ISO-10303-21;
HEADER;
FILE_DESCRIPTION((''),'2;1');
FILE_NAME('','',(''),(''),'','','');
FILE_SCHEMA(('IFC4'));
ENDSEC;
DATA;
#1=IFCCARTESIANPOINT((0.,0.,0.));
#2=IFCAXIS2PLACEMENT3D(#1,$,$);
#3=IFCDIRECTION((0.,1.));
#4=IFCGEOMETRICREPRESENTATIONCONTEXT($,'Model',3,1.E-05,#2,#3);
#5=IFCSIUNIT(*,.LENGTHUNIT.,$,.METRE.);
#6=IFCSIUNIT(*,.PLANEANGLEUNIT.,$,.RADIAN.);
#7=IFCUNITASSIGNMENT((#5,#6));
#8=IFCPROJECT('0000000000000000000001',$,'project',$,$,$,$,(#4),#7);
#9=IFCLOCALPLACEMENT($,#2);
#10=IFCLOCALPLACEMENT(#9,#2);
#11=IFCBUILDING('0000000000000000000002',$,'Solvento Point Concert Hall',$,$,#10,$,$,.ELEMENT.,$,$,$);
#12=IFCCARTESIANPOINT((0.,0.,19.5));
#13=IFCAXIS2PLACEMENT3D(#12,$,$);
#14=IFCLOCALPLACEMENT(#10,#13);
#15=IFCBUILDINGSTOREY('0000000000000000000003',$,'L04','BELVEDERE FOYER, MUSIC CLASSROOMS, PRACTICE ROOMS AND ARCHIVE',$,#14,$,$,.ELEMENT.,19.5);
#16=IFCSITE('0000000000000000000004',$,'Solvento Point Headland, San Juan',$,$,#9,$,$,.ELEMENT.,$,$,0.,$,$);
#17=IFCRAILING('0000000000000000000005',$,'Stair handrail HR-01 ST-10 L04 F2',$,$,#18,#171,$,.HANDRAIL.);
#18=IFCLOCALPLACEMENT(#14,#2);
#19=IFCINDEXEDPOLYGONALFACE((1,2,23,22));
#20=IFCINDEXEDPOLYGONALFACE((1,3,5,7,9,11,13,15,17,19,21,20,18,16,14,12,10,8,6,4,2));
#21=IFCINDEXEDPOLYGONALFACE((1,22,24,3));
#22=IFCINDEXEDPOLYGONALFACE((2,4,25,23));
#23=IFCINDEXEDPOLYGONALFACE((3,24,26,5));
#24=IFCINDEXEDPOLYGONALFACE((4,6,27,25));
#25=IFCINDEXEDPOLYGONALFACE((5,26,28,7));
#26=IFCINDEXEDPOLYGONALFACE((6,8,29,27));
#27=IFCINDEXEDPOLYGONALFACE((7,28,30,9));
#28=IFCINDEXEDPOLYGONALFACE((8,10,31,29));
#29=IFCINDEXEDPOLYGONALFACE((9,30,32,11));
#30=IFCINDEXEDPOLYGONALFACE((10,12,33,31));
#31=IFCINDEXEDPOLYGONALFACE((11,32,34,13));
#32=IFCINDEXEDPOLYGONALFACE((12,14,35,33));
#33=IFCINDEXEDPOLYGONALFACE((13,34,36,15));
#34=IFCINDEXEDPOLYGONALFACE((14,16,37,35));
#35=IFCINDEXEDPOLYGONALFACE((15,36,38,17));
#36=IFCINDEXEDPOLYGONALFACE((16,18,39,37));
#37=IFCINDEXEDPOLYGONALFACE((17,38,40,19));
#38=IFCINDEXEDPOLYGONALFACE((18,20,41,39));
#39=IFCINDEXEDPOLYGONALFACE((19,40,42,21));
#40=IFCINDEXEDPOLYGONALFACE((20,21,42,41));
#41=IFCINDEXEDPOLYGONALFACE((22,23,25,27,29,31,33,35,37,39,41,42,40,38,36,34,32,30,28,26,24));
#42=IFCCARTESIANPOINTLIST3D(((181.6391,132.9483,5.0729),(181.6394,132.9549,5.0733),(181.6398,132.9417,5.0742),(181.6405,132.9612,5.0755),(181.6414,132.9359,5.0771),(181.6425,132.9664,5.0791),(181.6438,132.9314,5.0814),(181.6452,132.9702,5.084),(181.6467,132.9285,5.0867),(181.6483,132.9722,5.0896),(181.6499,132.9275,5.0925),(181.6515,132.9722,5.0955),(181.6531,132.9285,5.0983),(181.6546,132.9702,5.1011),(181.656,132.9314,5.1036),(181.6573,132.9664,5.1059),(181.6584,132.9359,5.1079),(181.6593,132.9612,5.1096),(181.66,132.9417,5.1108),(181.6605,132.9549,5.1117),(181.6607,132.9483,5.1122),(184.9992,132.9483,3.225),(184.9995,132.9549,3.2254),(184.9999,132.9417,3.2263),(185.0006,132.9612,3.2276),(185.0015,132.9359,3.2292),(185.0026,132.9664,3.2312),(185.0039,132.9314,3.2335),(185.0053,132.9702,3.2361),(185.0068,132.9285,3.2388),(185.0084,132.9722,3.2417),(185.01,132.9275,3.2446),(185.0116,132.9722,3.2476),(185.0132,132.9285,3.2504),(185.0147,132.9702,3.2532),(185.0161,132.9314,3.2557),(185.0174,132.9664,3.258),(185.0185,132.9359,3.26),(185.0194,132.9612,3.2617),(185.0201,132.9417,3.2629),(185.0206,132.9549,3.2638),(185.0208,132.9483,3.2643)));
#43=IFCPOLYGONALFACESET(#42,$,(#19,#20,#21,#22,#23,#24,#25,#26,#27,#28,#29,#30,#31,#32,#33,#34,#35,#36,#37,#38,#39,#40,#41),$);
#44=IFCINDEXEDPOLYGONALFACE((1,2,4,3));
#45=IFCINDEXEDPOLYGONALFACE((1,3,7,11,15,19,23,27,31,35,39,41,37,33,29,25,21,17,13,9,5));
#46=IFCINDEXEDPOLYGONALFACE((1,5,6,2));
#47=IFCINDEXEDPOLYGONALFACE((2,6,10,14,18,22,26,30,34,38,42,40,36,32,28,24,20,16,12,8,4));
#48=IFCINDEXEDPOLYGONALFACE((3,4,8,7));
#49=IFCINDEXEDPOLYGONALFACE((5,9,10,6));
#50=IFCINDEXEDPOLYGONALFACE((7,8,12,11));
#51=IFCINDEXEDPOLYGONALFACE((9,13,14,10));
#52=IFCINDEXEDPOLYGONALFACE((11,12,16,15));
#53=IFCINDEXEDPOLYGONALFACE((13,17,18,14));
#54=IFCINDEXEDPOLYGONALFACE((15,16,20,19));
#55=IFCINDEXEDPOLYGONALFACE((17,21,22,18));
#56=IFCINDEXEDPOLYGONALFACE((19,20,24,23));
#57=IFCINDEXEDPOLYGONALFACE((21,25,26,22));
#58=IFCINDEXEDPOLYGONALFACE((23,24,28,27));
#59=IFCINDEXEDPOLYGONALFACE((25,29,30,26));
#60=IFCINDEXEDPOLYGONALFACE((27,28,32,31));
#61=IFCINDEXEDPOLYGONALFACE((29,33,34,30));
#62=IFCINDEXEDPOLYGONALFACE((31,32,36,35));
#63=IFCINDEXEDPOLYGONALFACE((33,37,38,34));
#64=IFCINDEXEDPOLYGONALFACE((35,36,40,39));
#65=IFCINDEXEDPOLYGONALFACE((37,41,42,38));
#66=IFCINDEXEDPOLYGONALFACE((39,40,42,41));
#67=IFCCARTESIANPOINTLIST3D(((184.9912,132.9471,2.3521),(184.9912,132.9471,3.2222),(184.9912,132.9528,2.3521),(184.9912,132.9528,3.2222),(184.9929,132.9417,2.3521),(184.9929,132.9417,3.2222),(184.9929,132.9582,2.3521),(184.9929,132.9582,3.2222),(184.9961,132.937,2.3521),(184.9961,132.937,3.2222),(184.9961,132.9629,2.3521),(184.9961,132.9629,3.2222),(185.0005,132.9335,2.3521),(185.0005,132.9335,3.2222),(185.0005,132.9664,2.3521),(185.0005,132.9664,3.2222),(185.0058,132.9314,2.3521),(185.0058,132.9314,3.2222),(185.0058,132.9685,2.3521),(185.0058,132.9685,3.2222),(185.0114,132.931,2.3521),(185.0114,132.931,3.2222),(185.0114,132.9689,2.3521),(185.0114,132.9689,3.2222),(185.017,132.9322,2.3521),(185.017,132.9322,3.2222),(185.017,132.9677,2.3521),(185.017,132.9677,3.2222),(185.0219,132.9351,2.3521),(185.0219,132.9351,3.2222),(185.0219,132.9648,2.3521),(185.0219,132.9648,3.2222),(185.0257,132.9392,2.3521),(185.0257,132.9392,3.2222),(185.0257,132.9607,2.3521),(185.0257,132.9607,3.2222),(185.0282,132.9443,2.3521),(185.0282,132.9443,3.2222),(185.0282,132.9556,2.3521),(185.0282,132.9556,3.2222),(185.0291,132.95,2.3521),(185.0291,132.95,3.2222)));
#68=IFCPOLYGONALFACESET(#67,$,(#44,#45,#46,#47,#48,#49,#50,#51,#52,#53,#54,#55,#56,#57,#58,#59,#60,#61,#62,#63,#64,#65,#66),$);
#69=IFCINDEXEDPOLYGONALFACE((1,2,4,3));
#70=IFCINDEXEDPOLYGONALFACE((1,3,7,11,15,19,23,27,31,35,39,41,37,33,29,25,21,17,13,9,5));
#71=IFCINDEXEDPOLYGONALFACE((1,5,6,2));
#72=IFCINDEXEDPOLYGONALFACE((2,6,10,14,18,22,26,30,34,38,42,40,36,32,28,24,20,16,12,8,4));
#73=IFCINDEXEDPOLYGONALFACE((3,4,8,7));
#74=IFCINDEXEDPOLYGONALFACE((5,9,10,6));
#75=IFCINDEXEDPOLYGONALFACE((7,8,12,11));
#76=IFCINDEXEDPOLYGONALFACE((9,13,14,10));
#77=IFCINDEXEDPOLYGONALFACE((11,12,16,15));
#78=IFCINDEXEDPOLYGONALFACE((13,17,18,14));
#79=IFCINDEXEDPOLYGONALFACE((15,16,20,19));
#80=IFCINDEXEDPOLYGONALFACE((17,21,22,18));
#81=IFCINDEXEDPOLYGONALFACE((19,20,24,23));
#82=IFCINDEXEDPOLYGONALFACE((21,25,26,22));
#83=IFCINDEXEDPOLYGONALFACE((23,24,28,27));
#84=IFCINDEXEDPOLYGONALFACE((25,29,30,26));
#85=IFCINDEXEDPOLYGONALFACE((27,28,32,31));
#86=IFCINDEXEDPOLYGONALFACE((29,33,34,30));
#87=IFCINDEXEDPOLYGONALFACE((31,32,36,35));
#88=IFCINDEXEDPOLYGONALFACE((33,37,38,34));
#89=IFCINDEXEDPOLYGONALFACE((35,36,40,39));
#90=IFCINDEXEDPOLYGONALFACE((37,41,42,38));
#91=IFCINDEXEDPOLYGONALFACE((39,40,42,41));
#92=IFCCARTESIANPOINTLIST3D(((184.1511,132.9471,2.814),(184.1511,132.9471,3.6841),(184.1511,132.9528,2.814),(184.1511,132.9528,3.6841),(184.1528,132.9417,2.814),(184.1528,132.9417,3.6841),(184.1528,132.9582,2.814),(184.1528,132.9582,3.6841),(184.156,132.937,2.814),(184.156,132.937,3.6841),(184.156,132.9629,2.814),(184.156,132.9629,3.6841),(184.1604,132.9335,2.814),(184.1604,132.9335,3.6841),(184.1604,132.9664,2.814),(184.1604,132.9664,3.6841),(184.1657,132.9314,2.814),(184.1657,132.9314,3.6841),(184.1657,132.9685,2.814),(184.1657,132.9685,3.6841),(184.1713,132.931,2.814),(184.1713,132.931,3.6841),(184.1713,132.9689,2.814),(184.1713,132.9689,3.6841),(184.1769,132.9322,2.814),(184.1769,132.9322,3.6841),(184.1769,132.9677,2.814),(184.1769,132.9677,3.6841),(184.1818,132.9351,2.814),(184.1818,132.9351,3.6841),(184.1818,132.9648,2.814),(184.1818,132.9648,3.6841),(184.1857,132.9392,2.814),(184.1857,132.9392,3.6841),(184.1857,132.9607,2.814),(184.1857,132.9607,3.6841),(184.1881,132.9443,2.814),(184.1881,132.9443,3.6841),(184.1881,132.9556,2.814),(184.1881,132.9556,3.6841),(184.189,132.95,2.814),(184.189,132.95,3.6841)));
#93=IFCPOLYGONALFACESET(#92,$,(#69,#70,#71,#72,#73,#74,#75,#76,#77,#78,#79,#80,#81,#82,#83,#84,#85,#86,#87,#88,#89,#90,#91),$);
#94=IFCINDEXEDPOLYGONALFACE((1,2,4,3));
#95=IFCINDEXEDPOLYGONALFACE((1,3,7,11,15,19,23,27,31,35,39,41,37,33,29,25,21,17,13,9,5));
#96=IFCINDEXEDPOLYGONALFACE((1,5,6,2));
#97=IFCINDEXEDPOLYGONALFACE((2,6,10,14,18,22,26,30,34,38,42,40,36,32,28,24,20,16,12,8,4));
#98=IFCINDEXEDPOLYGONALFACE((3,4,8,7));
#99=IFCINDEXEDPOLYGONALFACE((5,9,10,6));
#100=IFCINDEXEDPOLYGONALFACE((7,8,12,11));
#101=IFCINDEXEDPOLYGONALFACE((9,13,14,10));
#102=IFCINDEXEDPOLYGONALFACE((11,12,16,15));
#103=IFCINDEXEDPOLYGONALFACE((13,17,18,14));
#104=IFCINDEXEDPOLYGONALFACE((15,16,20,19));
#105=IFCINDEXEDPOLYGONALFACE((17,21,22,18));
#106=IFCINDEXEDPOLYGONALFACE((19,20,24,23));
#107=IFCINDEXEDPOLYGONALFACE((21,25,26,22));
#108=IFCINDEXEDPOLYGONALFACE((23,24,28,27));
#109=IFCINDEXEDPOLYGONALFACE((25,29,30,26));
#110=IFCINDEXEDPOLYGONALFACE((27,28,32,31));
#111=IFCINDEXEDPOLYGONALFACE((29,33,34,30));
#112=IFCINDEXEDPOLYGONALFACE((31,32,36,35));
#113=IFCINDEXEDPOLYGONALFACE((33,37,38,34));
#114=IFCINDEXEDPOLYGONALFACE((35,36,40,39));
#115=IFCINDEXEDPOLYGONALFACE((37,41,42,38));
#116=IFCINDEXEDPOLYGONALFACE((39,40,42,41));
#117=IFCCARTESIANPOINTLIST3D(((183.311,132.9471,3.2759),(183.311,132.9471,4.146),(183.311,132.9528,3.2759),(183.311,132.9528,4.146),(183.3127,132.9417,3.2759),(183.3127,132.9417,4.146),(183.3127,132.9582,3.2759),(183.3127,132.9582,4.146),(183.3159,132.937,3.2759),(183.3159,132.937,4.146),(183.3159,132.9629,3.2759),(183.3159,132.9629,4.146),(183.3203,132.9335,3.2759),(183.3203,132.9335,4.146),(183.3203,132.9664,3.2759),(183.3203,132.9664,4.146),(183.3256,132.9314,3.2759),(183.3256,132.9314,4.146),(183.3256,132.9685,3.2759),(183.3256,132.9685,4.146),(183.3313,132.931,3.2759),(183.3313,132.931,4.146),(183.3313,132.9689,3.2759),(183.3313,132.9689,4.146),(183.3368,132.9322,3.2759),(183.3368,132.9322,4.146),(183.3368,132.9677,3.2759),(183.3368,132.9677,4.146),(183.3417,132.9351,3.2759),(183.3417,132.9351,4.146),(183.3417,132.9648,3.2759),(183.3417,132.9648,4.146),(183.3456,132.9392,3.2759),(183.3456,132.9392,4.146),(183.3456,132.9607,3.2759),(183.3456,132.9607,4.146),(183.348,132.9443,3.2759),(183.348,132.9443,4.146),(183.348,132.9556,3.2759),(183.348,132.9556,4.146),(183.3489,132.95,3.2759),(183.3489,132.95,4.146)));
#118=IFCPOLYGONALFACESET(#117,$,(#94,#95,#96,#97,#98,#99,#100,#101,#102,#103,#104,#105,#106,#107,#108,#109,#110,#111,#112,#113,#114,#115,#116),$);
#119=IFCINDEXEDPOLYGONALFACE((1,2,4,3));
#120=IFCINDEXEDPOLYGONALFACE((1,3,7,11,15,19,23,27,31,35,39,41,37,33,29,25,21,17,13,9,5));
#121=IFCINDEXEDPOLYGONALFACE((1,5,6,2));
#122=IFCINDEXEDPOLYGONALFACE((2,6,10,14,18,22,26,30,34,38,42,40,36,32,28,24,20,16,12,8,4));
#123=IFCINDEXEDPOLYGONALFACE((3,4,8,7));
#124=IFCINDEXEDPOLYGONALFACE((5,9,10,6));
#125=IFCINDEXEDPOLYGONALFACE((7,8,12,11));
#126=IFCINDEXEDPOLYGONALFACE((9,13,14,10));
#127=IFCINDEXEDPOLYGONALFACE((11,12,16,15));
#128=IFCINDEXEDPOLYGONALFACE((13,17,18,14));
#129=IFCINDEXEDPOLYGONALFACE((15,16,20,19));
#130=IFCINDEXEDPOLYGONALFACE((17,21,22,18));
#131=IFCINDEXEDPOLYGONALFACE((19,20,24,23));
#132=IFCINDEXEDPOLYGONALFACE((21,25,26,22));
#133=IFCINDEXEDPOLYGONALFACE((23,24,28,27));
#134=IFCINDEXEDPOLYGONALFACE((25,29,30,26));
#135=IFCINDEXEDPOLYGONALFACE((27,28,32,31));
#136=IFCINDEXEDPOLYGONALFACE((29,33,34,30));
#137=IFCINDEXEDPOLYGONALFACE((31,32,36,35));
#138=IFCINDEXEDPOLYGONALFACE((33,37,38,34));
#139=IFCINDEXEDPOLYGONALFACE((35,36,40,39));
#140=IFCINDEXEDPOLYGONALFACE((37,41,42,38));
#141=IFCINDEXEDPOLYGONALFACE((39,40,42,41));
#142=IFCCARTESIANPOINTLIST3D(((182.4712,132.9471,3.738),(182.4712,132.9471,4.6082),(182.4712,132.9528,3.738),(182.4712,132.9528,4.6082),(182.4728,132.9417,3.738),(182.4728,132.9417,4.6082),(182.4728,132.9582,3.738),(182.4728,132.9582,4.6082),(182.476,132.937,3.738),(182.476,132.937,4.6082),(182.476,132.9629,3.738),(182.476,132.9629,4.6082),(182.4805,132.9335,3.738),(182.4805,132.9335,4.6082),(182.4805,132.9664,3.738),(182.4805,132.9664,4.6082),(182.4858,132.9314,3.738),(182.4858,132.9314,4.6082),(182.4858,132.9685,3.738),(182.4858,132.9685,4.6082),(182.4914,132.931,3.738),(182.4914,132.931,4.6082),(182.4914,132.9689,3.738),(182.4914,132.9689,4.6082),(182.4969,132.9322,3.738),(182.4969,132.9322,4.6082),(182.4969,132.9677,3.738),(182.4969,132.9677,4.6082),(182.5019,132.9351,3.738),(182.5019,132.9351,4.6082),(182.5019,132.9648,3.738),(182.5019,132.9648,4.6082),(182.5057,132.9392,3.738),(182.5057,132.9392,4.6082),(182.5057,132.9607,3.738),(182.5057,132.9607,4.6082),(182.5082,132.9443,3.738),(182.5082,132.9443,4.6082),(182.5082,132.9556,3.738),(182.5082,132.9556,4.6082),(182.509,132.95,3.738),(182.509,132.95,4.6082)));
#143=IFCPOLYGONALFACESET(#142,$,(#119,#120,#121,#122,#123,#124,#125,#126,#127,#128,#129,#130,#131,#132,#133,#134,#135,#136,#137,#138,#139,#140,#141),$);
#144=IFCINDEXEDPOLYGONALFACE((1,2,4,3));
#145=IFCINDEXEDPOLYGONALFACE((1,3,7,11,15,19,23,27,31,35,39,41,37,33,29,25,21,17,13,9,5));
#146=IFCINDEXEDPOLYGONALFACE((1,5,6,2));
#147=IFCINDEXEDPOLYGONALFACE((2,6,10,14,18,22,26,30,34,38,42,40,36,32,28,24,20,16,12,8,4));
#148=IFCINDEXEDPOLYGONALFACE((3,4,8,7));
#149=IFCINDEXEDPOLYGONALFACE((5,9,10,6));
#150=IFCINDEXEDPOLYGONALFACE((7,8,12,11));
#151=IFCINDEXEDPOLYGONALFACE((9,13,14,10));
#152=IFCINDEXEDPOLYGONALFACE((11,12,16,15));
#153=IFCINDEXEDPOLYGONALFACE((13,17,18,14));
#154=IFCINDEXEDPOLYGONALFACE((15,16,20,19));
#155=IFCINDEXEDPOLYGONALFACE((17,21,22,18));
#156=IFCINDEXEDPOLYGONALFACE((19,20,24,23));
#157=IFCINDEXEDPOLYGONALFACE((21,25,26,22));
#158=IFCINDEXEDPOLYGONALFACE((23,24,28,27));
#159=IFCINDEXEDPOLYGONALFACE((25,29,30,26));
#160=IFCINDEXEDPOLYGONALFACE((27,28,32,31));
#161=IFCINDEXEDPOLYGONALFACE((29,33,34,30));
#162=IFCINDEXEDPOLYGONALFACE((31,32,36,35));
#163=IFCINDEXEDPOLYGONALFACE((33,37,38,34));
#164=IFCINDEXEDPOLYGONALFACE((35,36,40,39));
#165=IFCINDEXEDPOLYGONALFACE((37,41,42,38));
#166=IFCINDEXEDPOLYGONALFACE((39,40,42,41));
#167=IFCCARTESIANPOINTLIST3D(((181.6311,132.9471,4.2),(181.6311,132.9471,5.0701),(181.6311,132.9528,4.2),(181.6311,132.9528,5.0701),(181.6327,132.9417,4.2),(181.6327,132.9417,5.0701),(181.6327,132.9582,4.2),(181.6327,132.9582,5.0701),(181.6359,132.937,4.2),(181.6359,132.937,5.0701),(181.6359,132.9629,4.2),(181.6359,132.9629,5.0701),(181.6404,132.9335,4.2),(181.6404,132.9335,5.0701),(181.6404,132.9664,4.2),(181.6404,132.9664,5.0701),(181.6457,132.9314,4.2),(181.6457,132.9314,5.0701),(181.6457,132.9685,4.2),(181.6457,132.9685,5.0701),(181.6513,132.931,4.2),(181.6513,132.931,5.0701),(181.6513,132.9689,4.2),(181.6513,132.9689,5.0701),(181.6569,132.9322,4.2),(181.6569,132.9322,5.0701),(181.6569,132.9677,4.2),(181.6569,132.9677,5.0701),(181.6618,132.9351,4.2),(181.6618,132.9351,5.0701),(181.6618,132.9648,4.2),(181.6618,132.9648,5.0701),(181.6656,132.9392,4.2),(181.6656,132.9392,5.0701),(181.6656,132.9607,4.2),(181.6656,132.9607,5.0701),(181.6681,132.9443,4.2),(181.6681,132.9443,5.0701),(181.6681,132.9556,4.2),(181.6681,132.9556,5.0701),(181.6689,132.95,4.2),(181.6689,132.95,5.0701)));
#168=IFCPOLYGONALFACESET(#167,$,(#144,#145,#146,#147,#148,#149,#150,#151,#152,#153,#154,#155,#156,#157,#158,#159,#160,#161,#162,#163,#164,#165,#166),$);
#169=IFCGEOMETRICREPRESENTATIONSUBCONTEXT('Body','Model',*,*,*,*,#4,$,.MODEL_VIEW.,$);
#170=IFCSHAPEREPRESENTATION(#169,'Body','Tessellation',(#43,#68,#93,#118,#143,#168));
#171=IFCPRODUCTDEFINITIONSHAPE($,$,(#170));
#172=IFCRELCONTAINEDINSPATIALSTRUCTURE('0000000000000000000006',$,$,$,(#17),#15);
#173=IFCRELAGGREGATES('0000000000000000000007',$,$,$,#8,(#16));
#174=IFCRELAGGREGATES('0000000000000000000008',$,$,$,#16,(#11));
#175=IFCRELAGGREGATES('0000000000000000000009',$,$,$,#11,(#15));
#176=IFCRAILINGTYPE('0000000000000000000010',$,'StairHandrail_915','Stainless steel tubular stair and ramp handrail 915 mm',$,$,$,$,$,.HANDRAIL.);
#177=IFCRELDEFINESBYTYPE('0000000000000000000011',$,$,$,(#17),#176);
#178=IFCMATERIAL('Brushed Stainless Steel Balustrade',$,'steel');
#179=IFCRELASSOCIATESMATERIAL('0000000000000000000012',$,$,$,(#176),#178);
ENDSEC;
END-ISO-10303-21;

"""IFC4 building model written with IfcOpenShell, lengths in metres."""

from ifc_helpers import new_model, si_unit, direction, frame, origin, origin_2d, place, context, subcontext, project, spatial, circle, extrude, material, type_object, element, save


model = new_model("IFC4")

# Units and contexts
model_context = context("Model", 3, precision=1e-05, world=origin(), true_north=direction((0.0, 1.0)))
body_context = subcontext(model_context, "Body", "Model", "MODEL_VIEW")
ifc_project = project(units=[si_unit("LENGTHUNIT", "METRE"), si_unit("PLANEANGLEUNIT", "RADIAN")], contexts=[model_context])

# Site, building, storey
site_placement = place(None, origin())
site = spatial("IfcSite", under=ifc_project, at=site_placement, Name="Solvento Point Headland, San Juan", CompositionType="ELEMENT", RefElevation=0.0)
building_placement = place(site_placement, origin())
building = spatial("IfcBuilding", under=site, at=building_placement, Name="Solvento Point Concert Hall", CompositionType="ELEMENT")
storey_placement = place(building_placement, frame((0.0, 0.0, 19.5)))
storey = spatial("IfcBuildingStorey", under=building, at=storey_placement, Name="L04", Description="BELVEDERE FOYER, MUSIC CLASSROOMS, PRACTICE ROOMS AND ARCHIVE", CompositionType="ELEMENT", Elevation=19.5)

# Railing
ifc_material_1 = material(Name="Brushed Stainless Steel Balustrade", Category="steel")
railing_type_1 = type_object("IfcRailingType", Name="StairHandrail_915", Description="Stainless steel tubular stair and ramp handrail 915 mm", PredefinedType="HANDRAIL", material=ifc_material_1)
railing_1_placement = place(storey_placement, frame((185.01, 132.95, 2.3521)))
element("IfcRailing", 1, at=railing_1_placement, inside=storey, type_object=railing_type_1, Name="Stair handrail HR-01 ST-10 L04 F2", PredefinedType="HANDRAIL", context=body_context, shape_type="SweptSolid", body=[
    extrude(circle(Radius=0.0225, at=origin_2d()), frame((0.0, 0.0, 0.8926), z_axis=(-0.876233, 0.0, 0.481887), x_axis=(0.0, -1.0, 0.0)), (0.0, 0.0, 1.0), 3.8347),
    extrude(circle(Radius=0.019, at=origin_2d()), origin(), (0.0, 0.0, 1.0), 0.8701),
    extrude(circle(Radius=0.019, at=origin_2d()), frame((-0.8401, 0.0, 0.4619)), (0.0, 0.0, 1.0), 0.8701),
    extrude(circle(Radius=0.019, at=origin_2d()), frame((-1.6802, 0.0, 0.9238)), (0.0, 0.0, 1.0), 0.8701),
    extrude(circle(Radius=0.019, at=origin_2d()), frame((-2.52, 0.0, 1.386)), (0.0, 0.0, 1.0), 0.8701),
    extrude(circle(Radius=0.019, at=origin_2d()), frame((-3.3601, 0.0, 1.8479)), (0.0, 0.0, 1.0), 0.8701),
])

save(model, "model.ifc")
